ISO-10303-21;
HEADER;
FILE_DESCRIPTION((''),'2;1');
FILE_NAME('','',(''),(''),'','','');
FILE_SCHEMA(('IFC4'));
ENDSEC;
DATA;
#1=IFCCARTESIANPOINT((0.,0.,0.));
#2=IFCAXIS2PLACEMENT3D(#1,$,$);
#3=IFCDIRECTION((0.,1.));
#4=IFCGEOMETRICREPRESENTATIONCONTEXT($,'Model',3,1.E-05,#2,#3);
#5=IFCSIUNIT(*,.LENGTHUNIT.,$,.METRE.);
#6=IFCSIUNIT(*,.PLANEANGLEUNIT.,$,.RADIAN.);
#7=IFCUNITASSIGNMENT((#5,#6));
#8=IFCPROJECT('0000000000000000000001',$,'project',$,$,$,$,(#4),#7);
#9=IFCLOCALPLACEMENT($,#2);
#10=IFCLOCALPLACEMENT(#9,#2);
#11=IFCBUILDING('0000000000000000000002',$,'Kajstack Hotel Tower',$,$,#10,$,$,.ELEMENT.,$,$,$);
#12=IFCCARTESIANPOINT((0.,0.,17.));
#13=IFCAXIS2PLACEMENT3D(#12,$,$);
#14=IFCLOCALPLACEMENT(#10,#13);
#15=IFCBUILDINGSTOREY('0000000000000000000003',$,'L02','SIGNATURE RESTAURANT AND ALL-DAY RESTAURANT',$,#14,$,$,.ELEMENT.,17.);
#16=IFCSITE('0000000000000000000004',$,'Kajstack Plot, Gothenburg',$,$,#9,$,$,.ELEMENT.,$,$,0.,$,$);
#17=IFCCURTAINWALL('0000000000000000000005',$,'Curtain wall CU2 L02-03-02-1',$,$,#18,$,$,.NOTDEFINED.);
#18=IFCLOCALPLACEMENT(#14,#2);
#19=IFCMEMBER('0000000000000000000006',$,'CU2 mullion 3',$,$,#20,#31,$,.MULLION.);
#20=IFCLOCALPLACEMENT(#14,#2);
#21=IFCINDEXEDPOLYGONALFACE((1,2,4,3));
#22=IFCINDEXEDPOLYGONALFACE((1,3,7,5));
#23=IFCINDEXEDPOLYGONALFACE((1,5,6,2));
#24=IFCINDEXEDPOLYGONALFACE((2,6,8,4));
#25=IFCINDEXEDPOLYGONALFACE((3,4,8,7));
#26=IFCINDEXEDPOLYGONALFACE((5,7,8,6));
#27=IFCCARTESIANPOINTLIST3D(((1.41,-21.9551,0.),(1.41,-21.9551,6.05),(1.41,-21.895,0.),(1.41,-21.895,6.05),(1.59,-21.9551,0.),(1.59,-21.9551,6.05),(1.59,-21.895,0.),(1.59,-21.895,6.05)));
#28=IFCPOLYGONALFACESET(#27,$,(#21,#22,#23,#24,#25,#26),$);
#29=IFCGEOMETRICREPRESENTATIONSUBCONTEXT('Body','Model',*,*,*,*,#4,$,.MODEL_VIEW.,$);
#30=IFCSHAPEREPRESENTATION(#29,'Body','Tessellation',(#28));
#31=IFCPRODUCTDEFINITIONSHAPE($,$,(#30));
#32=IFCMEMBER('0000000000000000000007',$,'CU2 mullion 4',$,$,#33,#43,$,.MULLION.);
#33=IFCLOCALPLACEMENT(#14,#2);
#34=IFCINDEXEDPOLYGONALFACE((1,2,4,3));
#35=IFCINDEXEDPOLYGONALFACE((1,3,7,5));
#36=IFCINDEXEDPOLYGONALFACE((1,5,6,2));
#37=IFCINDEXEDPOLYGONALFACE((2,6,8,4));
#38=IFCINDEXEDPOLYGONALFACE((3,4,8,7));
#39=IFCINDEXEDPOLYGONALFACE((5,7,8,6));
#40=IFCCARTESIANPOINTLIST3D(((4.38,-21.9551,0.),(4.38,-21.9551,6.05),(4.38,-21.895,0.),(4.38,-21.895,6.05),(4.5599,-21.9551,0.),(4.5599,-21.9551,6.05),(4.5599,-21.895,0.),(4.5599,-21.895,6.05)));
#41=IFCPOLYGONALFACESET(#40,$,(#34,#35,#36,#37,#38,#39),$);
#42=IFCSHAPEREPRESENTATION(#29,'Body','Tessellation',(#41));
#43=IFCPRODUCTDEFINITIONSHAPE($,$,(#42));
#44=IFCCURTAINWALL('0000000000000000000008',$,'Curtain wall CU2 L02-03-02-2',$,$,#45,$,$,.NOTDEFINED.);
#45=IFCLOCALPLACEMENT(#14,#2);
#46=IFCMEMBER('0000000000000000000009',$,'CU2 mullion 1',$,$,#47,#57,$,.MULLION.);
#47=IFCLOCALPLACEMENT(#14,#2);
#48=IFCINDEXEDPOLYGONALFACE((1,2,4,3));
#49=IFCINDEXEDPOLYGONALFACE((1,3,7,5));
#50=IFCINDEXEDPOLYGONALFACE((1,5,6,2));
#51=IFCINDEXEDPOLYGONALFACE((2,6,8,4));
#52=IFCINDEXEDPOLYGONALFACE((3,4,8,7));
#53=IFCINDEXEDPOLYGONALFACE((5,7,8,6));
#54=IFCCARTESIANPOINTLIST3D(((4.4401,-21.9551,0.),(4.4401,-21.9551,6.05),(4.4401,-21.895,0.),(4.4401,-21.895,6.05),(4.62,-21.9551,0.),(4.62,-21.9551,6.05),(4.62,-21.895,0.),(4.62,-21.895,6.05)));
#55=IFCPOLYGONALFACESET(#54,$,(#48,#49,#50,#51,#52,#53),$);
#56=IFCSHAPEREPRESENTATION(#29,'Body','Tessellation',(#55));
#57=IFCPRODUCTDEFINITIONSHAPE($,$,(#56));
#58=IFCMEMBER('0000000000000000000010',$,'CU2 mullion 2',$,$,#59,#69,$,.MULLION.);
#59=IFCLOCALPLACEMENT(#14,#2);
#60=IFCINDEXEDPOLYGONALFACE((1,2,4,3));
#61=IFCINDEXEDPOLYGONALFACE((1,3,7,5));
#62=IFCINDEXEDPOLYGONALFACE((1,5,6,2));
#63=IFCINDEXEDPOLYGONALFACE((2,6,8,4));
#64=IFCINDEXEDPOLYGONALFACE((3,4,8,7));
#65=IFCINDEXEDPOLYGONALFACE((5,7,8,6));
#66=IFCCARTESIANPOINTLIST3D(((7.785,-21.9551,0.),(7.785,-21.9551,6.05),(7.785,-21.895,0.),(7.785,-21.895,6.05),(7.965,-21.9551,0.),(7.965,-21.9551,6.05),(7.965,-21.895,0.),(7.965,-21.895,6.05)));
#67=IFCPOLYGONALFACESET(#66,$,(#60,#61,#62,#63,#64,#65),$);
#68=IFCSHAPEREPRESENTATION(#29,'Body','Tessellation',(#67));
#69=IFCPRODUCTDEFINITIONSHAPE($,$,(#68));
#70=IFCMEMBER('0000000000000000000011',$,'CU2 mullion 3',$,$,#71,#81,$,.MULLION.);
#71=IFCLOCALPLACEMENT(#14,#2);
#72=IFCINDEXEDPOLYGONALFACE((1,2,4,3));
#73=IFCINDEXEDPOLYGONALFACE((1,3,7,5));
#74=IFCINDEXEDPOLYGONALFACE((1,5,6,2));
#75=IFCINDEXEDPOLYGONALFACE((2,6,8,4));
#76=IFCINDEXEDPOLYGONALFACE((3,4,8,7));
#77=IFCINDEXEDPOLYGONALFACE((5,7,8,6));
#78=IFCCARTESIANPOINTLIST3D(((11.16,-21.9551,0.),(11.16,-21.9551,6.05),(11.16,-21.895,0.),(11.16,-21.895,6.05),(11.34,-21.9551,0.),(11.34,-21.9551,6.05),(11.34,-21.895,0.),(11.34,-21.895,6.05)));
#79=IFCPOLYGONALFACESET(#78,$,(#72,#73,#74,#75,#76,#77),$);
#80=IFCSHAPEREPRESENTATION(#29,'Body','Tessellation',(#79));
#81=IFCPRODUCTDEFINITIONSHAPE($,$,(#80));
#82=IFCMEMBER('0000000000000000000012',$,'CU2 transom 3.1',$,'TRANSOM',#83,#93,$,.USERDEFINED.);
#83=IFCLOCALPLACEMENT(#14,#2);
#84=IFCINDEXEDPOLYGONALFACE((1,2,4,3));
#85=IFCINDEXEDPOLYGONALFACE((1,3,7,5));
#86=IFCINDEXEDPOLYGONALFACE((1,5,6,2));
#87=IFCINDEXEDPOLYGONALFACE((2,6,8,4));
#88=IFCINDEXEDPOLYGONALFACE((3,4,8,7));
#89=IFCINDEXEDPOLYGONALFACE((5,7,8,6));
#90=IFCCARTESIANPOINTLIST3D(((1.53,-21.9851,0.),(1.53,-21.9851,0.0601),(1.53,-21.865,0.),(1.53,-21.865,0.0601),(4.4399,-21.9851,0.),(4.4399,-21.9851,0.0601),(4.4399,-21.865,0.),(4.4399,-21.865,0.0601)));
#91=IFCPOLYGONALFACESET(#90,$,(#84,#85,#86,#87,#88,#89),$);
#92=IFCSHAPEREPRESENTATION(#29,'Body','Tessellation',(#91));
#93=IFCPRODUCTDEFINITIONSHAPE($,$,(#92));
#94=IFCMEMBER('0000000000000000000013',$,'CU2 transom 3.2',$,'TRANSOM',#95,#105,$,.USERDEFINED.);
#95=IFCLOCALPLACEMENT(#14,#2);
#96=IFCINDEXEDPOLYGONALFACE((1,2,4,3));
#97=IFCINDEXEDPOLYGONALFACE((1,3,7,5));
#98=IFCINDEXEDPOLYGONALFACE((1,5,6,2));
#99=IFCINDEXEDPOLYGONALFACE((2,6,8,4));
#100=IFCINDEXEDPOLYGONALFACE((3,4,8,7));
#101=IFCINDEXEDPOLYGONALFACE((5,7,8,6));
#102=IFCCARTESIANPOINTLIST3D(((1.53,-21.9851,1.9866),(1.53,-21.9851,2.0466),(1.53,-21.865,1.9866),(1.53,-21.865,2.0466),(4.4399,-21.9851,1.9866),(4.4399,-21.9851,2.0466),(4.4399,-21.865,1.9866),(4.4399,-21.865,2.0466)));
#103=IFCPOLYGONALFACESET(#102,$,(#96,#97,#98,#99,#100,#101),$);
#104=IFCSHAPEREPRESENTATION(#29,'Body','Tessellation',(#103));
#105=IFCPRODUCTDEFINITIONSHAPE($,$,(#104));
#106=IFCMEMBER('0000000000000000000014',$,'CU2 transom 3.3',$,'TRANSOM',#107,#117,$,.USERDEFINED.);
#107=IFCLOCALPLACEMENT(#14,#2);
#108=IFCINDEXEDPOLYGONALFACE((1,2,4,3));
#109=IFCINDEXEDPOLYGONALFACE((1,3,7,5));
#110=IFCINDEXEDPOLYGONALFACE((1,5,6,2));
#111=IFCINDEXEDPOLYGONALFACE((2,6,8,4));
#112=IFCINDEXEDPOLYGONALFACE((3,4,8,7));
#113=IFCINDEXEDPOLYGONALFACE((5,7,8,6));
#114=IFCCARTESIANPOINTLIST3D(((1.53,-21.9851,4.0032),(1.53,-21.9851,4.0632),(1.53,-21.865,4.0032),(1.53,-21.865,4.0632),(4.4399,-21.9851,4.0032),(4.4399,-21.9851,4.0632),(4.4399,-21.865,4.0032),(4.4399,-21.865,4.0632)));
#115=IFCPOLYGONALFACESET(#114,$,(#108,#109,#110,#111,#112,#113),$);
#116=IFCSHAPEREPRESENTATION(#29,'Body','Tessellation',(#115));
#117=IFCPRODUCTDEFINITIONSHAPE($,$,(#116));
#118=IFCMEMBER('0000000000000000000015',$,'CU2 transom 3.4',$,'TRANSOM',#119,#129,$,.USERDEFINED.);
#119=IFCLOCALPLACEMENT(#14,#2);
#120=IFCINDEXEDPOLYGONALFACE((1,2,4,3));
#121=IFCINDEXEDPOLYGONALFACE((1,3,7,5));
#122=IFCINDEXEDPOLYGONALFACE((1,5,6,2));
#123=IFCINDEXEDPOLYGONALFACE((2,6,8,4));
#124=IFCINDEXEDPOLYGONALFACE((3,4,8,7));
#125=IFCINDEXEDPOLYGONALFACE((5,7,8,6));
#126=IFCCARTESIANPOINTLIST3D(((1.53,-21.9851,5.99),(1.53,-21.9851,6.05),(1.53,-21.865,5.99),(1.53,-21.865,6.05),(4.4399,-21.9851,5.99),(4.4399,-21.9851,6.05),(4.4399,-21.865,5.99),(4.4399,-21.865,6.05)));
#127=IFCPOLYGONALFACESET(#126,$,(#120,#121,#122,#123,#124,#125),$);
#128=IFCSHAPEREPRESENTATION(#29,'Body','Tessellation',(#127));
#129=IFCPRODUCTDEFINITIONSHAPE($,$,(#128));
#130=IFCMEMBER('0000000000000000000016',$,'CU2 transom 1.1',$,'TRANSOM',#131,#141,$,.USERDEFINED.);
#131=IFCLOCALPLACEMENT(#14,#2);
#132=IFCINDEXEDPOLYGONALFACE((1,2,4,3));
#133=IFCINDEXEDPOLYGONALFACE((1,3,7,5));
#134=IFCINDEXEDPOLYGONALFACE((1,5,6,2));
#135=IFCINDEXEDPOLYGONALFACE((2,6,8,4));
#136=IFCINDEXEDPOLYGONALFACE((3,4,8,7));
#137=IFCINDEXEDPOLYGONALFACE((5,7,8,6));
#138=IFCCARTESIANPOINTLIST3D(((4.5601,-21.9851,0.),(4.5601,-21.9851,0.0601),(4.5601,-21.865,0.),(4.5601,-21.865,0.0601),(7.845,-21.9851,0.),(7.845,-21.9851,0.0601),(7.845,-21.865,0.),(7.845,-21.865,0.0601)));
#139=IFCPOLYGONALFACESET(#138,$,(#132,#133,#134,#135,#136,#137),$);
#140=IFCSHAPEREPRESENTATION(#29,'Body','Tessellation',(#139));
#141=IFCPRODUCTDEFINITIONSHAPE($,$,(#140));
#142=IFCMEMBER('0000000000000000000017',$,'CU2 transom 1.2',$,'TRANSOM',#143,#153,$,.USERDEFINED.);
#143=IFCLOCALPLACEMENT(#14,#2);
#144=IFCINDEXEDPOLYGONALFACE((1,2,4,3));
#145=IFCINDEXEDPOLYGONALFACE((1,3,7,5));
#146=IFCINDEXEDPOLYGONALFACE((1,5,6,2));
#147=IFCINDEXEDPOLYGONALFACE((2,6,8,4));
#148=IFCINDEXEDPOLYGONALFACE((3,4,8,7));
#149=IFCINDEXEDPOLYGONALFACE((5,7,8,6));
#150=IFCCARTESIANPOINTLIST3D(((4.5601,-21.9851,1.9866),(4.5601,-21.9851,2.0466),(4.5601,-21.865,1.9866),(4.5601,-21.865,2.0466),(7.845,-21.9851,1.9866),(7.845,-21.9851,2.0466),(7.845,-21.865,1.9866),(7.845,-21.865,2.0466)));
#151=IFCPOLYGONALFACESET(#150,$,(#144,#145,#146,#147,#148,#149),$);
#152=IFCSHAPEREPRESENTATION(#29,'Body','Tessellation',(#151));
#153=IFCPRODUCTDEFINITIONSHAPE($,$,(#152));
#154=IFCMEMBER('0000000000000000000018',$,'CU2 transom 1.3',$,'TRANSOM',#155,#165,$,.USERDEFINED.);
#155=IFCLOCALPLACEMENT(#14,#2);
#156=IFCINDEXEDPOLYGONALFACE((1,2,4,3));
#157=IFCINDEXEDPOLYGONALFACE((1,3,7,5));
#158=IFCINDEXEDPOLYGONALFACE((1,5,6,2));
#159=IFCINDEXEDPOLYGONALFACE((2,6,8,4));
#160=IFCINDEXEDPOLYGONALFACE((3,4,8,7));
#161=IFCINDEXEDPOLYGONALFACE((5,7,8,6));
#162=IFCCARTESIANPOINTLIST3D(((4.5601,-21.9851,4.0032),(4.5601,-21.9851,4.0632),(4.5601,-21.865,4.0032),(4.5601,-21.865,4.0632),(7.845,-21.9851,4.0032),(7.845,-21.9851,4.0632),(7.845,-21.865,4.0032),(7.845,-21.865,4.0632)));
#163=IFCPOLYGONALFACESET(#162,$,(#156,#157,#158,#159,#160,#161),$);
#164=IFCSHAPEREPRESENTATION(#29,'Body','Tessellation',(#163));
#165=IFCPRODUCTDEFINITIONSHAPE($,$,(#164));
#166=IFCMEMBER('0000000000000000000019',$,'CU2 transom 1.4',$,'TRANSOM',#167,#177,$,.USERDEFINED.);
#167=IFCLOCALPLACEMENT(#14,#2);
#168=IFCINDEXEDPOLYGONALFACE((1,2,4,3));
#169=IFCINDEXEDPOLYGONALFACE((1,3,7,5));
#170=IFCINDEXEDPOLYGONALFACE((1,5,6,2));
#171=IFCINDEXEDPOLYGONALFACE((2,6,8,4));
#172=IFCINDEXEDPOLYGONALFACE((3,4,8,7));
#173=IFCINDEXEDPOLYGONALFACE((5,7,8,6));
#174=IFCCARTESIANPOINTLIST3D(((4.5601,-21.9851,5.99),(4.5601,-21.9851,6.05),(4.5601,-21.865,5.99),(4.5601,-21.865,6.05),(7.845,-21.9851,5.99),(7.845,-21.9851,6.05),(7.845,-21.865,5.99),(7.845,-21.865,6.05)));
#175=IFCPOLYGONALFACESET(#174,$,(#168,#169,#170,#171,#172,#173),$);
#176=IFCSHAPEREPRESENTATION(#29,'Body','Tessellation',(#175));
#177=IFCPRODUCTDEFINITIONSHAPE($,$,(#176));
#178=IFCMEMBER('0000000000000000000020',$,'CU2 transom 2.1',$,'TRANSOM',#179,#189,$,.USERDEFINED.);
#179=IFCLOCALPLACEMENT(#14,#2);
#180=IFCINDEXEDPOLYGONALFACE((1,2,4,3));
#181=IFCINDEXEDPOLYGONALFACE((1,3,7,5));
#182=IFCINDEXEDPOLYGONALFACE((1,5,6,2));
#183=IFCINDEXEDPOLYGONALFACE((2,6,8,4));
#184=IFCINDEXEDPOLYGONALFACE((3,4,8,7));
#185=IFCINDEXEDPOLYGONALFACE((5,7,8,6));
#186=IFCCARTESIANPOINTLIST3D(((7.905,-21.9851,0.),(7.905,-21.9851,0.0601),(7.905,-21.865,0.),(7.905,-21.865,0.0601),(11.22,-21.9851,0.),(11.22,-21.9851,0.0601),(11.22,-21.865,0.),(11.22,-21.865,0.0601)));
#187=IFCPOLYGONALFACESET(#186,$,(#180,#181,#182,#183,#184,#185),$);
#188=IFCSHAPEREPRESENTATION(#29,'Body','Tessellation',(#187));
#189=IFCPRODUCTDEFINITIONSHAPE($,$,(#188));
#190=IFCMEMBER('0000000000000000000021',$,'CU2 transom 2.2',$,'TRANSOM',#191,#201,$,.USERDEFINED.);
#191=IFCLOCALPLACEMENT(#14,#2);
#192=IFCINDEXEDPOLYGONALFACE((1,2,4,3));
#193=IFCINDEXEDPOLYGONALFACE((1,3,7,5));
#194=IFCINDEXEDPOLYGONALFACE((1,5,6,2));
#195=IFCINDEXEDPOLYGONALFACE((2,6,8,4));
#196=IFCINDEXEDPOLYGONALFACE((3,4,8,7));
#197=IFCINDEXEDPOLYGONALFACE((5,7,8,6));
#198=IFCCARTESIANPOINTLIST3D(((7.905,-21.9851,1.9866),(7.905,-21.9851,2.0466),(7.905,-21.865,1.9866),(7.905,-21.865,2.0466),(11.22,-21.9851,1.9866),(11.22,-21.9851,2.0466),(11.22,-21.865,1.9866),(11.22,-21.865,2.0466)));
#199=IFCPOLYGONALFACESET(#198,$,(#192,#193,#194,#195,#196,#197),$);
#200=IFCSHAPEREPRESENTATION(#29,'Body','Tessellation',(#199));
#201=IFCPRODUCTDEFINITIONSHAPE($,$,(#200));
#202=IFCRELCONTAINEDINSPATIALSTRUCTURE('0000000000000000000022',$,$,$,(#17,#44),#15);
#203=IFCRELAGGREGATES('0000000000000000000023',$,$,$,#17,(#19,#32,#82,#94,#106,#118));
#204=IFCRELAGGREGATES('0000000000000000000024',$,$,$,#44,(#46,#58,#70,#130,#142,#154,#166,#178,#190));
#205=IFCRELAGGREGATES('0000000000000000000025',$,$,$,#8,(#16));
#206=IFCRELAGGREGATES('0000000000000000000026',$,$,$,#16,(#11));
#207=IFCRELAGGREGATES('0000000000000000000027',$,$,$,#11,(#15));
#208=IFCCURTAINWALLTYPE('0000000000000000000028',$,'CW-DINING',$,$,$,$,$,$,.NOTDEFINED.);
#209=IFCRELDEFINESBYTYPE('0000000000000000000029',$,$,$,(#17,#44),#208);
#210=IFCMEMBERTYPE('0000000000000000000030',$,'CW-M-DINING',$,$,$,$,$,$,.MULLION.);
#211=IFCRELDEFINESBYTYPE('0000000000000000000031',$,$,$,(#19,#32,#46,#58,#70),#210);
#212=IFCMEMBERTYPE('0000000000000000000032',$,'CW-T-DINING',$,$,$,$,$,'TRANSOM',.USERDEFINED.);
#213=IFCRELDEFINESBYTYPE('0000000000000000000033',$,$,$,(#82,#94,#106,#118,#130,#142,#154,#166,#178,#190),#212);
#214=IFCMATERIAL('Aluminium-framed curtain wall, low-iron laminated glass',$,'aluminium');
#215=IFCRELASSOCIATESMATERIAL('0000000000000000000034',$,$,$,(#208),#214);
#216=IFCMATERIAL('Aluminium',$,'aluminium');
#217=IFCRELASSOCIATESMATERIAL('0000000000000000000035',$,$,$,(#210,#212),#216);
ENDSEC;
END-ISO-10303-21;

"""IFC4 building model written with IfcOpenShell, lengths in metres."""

from ifc_helpers import new_model, si_unit, direction, frame, origin, origin_2d, place, context, subcontext, project, spatial, rectangle, extrude, material, material_profile, profile_set, type_object, element, aggregate, save


model = new_model("IFC4")

# Units and contexts
model_context = context("Model", 3, precision=1e-05, world=origin(), true_north=direction((0.0, 1.0)))
body_context = subcontext(model_context, "Body", "Model", "MODEL_VIEW")
ifc_project = project(units=[si_unit("LENGTHUNIT", "METRE"), si_unit("PLANEANGLEUNIT", "RADIAN")], contexts=[model_context])

# Site, building, storey
site_placement = place(None, origin())
site = spatial("IfcSite", under=ifc_project, at=site_placement, Name="Kajstack Plot, Gothenburg", CompositionType="ELEMENT", RefElevation=0.0)
building_placement = place(site_placement, origin())
building = spatial("IfcBuilding", under=site, at=building_placement, Name="Kajstack Hotel Tower", CompositionType="ELEMENT")
storey_placement = place(building_placement, frame((0.0, 0.0, 17.0)))
storey = spatial("IfcBuildingStorey", under=building, at=storey_placement, Name="L02", Description="SIGNATURE RESTAURANT AND ALL-DAY RESTAURANT", CompositionType="ELEMENT", Elevation=17.0)

# Curtain walls, members
ifc_material_1 = material(Name="Aluminium-framed curtain wall, low-iron laminated glass", Category="aluminium")
curtain_wall_type = type_object("IfcCurtainWallType", Name="CW-DINING", PredefinedType="NOTDEFINED", material=ifc_material_1)
curtain_wall_1_placement = place(storey_placement, origin())
curtain_wall_1 = element("IfcCurtainWall", 1, at=curtain_wall_1_placement, inside=storey, type_object=curtain_wall_type, Name="Curtain wall CU2 L02-03-02-1", PredefinedType="NOTDEFINED")
ifc_material_2 = material(Name="Aluminium", Category="aluminium")
ifc_material_profile_1 = material_profile(ifc_material_2, rectangle(XDim=0.0601, YDim=0.1799, at=origin_2d()), Name="Aluminium mullion 60 x 180")
ifc_profile_set_1 = profile_set([ifc_material_profile_1], Name="Aluminium")
member_type_1 = type_object("IfcMemberType", Name="CW-M-DINING", PredefinedType="MULLION", material=ifc_profile_set_1)
member_1_placement = place(storey_placement, frame((1.5, -21.925, 0.0), z_axis=(0.0, 0.0, 1.0), x_axis=(0.0, 1.0, 0.0)))
member_1 = element("IfcMember", 2, at=member_1_placement, type_object=member_type_1, Name="CU2 mullion 3", PredefinedType="MULLION", context=body_context, shape_type="SweptSolid", body=[
    extrude(rectangle(XDim=0.0601, YDim=0.1799, at=origin_2d()), origin(), (0.0, 0.0, 1.0), 6.05),
])
member_2_placement = place(storey_placement, frame((4.47, -21.925, 0.0), z_axis=(0.0, 0.0, 1.0), x_axis=(0.0, 1.0, 0.0)))
member_2 = element("IfcMember", 3, at=member_2_placement, type_object=member_type_1, Name="CU2 mullion 4", PredefinedType="MULLION", context=body_context, shape_type="SweptSolid", body=[
    extrude(rectangle(XDim=0.0601, YDim=0.1799, at=origin_2d()), origin(), (0.0, 0.0, 1.0), 6.05),
])
curtain_wall_2_placement = place(storey_placement, origin())
curtain_wall_2 = element("IfcCurtainWall", 4, at=curtain_wall_2_placement, inside=storey, type_object=curtain_wall_type, Name="Curtain wall CU2 L02-03-02-2", PredefinedType="NOTDEFINED")
member_3_placement = place(storey_placement, frame((4.53, -21.925, 0.0), z_axis=(0.0, 0.0, 1.0), x_axis=(0.0, 1.0, 0.0)))
member_3 = element("IfcMember", 5, at=member_3_placement, type_object=member_type_1, Name="CU2 mullion 1", PredefinedType="MULLION", context=body_context, shape_type="SweptSolid", body=[
    extrude(rectangle(XDim=0.0601, YDim=0.1799, at=origin_2d()), origin(), (0.0, 0.0, 1.0), 6.05),
])
member_4_placement = place(storey_placement, frame((7.875, -21.925, 0.0), z_axis=(0.0, 0.0, 1.0), x_axis=(0.0, 1.0, 0.0)))
member_4 = element("IfcMember", 6, at=member_4_placement, type_object=member_type_1, Name="CU2 mullion 2", PredefinedType="MULLION", context=body_context, shape_type="SweptSolid", body=[
    extrude(rectangle(XDim=0.0601, YDim=0.1799, at=origin_2d()), origin(), (0.0, 0.0, 1.0), 6.05),
])
member_5_placement = place(storey_placement, frame((11.25, -21.925, 0.0), z_axis=(0.0, 0.0, 1.0), x_axis=(0.0, 1.0, 0.0)))
member_5 = element("IfcMember", 7, at=member_5_placement, type_object=member_type_1, Name="CU2 mullion 3", PredefinedType="MULLION", context=body_context, shape_type="SweptSolid", body=[
    extrude(rectangle(XDim=0.0601, YDim=0.1799, at=origin_2d()), origin(), (0.0, 0.0, 1.0), 6.05),
])

# Members
ifc_material_profile_2 = material_profile(ifc_material_2, rectangle(XDim=0.1201, YDim=0.0601, at=origin_2d()), Name="Aluminium transom 120 x 60")
ifc_profile_set_2 = profile_set([ifc_material_profile_2], Name="Aluminium")
member_type_2 = type_object("IfcMemberType", Name="CW-T-DINING", ElementType="TRANSOM", PredefinedType="USERDEFINED", material=ifc_profile_set_2)
member_6_placement = place(storey_placement, frame((1.53, -21.925, 0.03), z_axis=(1.0, 0.0, 0.0), x_axis=(0.0, 1.0, 0.0)))
member_6 = element("IfcMember", 8, at=member_6_placement, type_object=member_type_2, Name="CU2 transom 3.1", ObjectType="TRANSOM", PredefinedType="USERDEFINED", context=body_context, shape_type="SweptSolid", body=[
    extrude(rectangle(XDim=0.1201, YDim=0.0601, at=origin_2d()), origin(), (0.0, 0.0, 1.0), 2.9099),
])
member_7_placement = place(storey_placement, frame((1.53, -21.925, 2.0166), z_axis=(1.0, 0.0, 0.0), x_axis=(0.0, 1.0, 0.0)))
member_7 = element("IfcMember", 9, at=member_7_placement, type_object=member_type_2, Name="CU2 transom 3.2", ObjectType="TRANSOM", PredefinedType="USERDEFINED", context=body_context, shape_type="SweptSolid", body=[
    extrude(rectangle(XDim=0.1201, YDim=0.0601, at=origin_2d()), origin(), (0.0, 0.0, 1.0), 2.9099),
])
member_8_placement = place(storey_placement, frame((1.53, -21.925, 4.0332), z_axis=(1.0, 0.0, 0.0), x_axis=(0.0, 1.0, 0.0)))
member_8 = element("IfcMember", 10, at=member_8_placement, type_object=member_type_2, Name="CU2 transom 3.3", ObjectType="TRANSOM", PredefinedType="USERDEFINED", context=body_context, shape_type="SweptSolid", body=[
    extrude(rectangle(XDim=0.1201, YDim=0.0601, at=origin_2d()), origin(), (0.0, 0.0, 1.0), 2.9099),
])
member_9_placement = place(storey_placement, frame((1.53, -21.925, 6.02), z_axis=(1.0, 0.0, 0.0), x_axis=(0.0, 1.0, 0.0)))
member_9 = element("IfcMember", 11, at=member_9_placement, type_object=member_type_2, Name="CU2 transom 3.4", ObjectType="TRANSOM", PredefinedType="USERDEFINED", context=body_context, shape_type="SweptSolid", body=[
    extrude(rectangle(XDim=0.1201, YDim=0.0601, at=origin_2d()), origin(), (0.0, 0.0, 1.0), 2.9099),
])
member_10_placement = place(storey_placement, frame((4.5601, -21.925, 0.03), z_axis=(1.0, 0.0, 0.0), x_axis=(0.0, 1.0, 0.0)))
member_10 = element("IfcMember", 12, at=member_10_placement, type_object=member_type_2, Name="CU2 transom 1.1", ObjectType="TRANSOM", PredefinedType="USERDEFINED", context=body_context, shape_type="SweptSolid", body=[
    extrude(rectangle(XDim=0.1201, YDim=0.0601, at=origin_2d()), origin(), (0.0, 0.0, 1.0), 3.2849),
])
member_11_placement = place(storey_placement, frame((4.5601, -21.925, 2.0166), z_axis=(1.0, 0.0, 0.0), x_axis=(0.0, 1.0, 0.0)))
member_11 = element("IfcMember", 13, at=member_11_placement, type_object=member_type_2, Name="CU2 transom 1.2", ObjectType="TRANSOM", PredefinedType="USERDEFINED", context=body_context, shape_type="SweptSolid", body=[
    extrude(rectangle(XDim=0.1201, YDim=0.0601, at=origin_2d()), origin(), (0.0, 0.0, 1.0), 3.2849),
])
member_12_placement = place(storey_placement, frame((4.5601, -21.925, 4.0332), z_axis=(1.0, 0.0, 0.0), x_axis=(0.0, 1.0, 0.0)))
member_12 = element("IfcMember", 14, at=member_12_placement, type_object=member_type_2, Name="CU2 transom 1.3", ObjectType="TRANSOM", PredefinedType="USERDEFINED", context=body_context, shape_type="SweptSolid", body=[
    extrude(rectangle(XDim=0.1201, YDim=0.0601, at=origin_2d()), origin(), (0.0, 0.0, 1.0), 3.2849),
])
member_13_placement = place(storey_placement, frame((4.5601, -21.925, 6.02), z_axis=(1.0, 0.0, 0.0), x_axis=(0.0, 1.0, 0.0)))
member_13 = element("IfcMember", 15, at=member_13_placement, type_object=member_type_2, Name="CU2 transom 1.4", ObjectType="TRANSOM", PredefinedType="USERDEFINED", context=body_context, shape_type="SweptSolid", body=[
    extrude(rectangle(XDim=0.1201, YDim=0.0601, at=origin_2d()), origin(), (0.0, 0.0, 1.0), 3.2849),
])
member_14_placement = place(storey_placement, frame((7.905, -21.925, 0.03), z_axis=(1.0, 0.0, 0.0), x_axis=(0.0, 1.0, 0.0)))
member_14 = element("IfcMember", 16, at=member_14_placement, type_object=member_type_2, Name="CU2 transom 2.1", ObjectType="TRANSOM", PredefinedType="USERDEFINED", context=body_context, shape_type="SweptSolid", body=[
    extrude(rectangle(XDim=0.1201, YDim=0.0601, at=origin_2d()), origin(), (0.0, 0.0, 1.0), 3.3149),
])
member_15_placement = place(storey_placement, frame((7.905, -21.925, 2.0166), z_axis=(1.0, 0.0, 0.0), x_axis=(0.0, 1.0, 0.0)))
member_15 = element("IfcMember", 17, at=member_15_placement, type_object=member_type_2, Name="CU2 transom 2.2", ObjectType="TRANSOM", PredefinedType="USERDEFINED", context=body_context, shape_type="SweptSolid", body=[
    extrude(rectangle(XDim=0.1201, YDim=0.0601, at=origin_2d()), origin(), (0.0, 0.0, 1.0), 3.3149),
])

aggregate(curtain_wall_1, [member_1, member_2, member_6, member_7, member_8, member_9])
aggregate(curtain_wall_2, [member_3, member_4, member_5, member_10, member_11, member_12, member_13, member_14, member_15])

save(model, "model.ifc")
